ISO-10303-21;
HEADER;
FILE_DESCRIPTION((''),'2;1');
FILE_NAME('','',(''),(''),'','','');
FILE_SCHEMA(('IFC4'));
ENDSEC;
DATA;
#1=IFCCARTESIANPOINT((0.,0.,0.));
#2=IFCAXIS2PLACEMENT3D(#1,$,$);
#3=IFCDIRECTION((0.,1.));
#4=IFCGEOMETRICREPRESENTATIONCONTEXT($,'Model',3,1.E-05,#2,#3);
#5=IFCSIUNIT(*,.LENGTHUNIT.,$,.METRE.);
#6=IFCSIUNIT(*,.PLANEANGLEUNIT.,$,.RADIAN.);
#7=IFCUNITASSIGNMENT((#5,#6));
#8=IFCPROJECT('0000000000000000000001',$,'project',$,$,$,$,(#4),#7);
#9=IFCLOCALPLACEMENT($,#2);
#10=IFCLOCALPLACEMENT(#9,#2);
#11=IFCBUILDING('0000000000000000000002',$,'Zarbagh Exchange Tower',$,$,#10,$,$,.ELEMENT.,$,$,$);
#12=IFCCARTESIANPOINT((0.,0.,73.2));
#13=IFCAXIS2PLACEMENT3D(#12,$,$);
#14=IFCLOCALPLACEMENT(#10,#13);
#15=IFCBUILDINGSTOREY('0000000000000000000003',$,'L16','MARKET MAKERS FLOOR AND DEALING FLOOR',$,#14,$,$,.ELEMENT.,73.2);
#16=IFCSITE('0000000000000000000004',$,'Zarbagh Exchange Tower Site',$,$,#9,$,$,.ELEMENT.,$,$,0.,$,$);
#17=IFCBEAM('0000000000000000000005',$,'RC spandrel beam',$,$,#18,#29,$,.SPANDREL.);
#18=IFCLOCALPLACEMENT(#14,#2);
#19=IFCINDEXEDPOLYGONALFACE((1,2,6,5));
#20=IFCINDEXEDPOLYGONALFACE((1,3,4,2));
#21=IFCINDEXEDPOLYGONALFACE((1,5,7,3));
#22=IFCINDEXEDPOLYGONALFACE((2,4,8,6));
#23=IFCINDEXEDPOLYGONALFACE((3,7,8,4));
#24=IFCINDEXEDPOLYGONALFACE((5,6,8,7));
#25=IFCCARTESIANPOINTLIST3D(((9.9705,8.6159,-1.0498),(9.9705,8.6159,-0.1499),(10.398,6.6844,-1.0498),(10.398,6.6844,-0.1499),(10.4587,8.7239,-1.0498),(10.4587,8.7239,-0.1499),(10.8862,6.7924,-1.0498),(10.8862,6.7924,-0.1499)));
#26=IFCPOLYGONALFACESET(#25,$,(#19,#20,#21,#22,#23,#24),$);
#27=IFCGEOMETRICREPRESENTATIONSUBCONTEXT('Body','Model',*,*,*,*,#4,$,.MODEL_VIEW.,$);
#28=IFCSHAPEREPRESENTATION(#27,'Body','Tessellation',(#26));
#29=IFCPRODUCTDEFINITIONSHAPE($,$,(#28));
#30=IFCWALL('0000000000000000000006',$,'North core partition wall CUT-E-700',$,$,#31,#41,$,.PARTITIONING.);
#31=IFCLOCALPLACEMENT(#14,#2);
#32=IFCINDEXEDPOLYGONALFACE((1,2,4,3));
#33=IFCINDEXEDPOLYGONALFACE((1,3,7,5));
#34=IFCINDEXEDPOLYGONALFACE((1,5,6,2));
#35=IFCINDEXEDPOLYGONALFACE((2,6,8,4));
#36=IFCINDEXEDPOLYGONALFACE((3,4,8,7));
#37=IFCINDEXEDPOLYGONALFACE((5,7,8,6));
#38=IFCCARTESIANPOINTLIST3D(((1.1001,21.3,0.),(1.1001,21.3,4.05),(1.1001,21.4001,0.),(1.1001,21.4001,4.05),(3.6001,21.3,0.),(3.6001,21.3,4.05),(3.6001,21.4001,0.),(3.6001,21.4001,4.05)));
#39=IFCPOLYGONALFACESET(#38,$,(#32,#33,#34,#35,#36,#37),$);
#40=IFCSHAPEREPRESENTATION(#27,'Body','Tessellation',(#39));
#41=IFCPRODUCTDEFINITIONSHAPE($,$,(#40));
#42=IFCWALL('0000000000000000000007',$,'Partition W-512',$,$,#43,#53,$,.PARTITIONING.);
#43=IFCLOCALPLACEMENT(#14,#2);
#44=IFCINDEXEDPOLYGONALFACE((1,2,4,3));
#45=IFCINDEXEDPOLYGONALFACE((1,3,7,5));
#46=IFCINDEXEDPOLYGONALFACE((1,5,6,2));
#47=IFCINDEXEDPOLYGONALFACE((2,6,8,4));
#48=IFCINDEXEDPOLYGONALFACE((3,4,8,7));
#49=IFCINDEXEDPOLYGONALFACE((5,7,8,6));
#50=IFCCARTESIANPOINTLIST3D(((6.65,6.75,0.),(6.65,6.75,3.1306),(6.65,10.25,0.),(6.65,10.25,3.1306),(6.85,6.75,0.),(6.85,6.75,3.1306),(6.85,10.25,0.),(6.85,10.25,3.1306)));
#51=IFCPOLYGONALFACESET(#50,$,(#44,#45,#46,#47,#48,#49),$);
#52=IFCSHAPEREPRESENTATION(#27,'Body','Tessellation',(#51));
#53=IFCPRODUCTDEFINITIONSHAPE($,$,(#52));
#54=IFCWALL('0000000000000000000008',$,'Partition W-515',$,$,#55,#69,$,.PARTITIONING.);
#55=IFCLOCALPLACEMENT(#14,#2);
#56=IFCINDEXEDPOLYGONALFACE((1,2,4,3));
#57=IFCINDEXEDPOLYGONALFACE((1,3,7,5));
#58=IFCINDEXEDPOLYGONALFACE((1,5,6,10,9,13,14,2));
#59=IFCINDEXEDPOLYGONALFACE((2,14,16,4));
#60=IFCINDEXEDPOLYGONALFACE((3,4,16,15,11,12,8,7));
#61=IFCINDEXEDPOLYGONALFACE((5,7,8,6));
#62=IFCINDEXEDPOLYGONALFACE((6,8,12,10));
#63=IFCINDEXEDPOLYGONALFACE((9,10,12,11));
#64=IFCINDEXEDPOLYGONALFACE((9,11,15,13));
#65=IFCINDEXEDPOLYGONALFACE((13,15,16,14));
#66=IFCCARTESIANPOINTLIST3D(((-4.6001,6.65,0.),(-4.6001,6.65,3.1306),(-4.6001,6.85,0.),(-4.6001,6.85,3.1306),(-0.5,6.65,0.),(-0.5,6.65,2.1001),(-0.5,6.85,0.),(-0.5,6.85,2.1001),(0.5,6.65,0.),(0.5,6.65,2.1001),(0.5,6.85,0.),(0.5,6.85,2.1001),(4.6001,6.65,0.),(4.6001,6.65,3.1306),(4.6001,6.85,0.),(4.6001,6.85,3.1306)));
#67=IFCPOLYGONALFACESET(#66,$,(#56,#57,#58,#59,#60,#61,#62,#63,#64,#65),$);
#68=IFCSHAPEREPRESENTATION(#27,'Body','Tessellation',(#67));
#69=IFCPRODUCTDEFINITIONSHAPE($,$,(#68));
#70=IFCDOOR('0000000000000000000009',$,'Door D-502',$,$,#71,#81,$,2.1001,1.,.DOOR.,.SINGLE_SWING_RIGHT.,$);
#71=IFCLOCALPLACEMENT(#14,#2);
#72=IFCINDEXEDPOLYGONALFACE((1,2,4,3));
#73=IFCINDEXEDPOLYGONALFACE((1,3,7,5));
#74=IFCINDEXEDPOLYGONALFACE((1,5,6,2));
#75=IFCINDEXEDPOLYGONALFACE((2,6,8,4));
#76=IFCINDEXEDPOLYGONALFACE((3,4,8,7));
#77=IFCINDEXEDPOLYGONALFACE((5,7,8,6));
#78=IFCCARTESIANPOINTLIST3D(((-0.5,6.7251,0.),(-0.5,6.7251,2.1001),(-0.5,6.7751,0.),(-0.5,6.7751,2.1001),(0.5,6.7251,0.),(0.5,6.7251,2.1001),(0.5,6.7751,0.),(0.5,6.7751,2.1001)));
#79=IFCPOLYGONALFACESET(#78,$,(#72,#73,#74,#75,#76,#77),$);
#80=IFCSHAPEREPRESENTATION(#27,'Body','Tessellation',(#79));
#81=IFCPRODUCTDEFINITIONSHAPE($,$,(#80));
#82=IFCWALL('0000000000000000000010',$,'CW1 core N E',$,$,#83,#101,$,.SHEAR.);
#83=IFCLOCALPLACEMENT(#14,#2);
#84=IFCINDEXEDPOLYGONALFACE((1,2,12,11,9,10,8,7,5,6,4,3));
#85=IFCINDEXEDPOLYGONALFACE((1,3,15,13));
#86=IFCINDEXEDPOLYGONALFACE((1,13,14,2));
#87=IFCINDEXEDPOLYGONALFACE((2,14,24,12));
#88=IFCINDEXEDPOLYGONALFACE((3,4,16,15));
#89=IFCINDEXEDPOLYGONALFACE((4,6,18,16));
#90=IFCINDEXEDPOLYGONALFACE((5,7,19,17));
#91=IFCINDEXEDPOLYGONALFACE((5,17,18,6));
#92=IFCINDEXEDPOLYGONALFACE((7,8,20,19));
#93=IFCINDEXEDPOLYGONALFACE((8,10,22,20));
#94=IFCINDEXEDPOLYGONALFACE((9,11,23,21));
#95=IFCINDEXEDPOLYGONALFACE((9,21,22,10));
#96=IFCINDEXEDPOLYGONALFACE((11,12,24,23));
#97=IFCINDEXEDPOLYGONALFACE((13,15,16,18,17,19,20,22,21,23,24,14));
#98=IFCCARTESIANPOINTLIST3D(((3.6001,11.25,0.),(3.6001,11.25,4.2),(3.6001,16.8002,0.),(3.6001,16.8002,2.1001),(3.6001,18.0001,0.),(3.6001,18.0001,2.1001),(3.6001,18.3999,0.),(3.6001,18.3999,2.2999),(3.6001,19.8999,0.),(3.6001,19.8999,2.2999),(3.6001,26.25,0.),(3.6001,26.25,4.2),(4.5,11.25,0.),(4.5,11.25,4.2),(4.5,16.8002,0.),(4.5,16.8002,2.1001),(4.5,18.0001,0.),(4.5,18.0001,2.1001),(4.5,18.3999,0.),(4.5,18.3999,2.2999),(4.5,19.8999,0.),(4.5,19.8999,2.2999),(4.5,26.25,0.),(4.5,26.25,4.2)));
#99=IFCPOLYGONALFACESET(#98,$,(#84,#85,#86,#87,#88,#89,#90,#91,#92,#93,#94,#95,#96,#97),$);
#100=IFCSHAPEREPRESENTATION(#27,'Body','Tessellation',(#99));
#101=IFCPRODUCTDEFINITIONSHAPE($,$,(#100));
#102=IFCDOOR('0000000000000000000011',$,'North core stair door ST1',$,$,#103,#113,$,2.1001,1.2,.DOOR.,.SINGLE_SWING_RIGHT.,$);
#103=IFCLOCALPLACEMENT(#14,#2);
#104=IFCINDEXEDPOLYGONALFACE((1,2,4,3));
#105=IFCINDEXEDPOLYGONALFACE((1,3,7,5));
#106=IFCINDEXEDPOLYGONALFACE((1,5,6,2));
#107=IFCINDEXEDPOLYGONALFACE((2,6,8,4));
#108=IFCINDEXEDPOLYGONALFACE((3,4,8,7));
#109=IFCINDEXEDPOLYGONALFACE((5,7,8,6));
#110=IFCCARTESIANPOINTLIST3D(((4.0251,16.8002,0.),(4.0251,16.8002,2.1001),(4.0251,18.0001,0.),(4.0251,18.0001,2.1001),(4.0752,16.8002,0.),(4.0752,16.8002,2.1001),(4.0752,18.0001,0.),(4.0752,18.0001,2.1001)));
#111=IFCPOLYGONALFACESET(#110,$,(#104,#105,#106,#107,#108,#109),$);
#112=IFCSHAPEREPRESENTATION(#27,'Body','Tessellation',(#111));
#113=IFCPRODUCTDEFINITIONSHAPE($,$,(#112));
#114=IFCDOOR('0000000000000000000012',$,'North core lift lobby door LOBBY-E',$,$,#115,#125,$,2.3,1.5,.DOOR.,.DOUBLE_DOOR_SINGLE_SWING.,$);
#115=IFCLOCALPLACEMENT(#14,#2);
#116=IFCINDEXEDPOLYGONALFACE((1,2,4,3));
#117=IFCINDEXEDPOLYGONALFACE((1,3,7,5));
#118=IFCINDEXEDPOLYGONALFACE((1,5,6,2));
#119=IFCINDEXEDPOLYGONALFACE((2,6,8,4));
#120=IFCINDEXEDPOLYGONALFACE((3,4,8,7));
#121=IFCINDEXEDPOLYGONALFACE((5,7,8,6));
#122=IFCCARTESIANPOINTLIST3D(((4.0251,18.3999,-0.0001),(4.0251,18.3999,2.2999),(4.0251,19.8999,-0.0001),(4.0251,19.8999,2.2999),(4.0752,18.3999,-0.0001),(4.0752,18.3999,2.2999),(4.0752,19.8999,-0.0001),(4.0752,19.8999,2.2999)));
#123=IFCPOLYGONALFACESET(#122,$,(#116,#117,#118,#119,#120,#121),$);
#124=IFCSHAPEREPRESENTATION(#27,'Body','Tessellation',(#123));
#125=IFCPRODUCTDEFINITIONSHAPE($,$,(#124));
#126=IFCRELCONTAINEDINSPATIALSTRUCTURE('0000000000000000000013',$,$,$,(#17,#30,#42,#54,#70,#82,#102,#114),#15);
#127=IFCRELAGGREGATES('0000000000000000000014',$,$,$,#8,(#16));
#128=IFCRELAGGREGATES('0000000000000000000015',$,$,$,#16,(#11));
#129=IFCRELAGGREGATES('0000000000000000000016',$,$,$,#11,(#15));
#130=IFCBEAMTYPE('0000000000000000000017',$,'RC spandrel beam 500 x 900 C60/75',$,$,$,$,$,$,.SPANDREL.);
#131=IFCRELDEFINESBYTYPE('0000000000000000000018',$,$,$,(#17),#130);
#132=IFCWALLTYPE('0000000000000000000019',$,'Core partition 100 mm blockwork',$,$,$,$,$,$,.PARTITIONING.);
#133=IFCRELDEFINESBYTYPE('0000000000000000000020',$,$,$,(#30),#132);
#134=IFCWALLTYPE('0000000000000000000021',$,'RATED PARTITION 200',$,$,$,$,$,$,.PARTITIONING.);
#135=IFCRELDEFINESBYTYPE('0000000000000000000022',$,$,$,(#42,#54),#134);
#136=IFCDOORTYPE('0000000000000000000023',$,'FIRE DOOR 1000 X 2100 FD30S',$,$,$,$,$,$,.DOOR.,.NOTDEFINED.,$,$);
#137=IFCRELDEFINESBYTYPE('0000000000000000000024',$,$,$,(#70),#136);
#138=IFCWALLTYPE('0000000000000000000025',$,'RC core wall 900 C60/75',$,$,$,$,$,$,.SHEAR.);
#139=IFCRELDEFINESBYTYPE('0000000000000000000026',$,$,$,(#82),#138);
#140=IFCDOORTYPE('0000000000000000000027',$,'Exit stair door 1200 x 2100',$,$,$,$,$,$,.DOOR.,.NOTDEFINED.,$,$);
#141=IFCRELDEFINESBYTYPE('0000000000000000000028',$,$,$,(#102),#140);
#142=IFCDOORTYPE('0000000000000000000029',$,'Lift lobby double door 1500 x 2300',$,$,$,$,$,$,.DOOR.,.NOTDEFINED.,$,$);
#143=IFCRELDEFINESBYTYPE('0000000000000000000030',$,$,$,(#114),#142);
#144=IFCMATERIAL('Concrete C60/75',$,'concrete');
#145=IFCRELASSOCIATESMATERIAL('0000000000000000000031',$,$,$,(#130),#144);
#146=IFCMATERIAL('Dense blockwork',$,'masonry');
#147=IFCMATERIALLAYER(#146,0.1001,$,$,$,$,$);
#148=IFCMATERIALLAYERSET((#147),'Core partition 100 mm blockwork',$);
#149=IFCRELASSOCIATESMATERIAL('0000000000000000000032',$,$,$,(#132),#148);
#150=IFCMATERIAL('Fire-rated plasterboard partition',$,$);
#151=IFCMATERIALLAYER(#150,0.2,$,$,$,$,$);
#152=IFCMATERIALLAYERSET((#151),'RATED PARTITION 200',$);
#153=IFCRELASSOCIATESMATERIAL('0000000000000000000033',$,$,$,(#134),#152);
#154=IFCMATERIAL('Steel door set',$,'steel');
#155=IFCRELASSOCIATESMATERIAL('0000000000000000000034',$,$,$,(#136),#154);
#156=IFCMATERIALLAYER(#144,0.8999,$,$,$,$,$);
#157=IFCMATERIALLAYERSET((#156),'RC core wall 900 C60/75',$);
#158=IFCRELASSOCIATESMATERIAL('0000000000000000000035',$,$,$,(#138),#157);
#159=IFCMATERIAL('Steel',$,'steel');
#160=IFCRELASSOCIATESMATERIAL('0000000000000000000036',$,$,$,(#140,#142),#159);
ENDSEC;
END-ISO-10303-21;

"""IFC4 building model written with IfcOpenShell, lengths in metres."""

from ifc_helpers import new_model, si_unit, direction, frame, frame_2d, origin, origin_2d, place, context, subcontext, project, spatial, rectangle, extrude, material, layer, layer_set, material_profile, profile_set, type_object, element, fill, save


model = new_model("IFC4")

# Units and contexts
model_context = context("Model", 3, precision=1e-05, world=origin(), true_north=direction((0.0, 1.0)))
body_context = subcontext(model_context, "Body", "Model", "MODEL_VIEW")
ifc_project = project(units=[si_unit("LENGTHUNIT", "METRE"), si_unit("PLANEANGLEUNIT", "RADIAN")], contexts=[model_context])

# Site, building, storey
site_placement = place(None, origin())
site = spatial("IfcSite", under=ifc_project, at=site_placement, Name="Zarbagh Exchange Tower Site", CompositionType="ELEMENT", RefElevation=0.0)
building_placement = place(site_placement, origin())
building = spatial("IfcBuilding", under=site, at=building_placement, Name="Zarbagh Exchange Tower", CompositionType="ELEMENT")
storey_placement = place(building_placement, frame((0.0, 0.0, 73.2)))
storey = spatial("IfcBuildingStorey", under=building, at=storey_placement, Name="L16", Description="MARKET MAKERS FLOOR AND DEALING FLOOR", CompositionType="ELEMENT", Elevation=73.2)

# Shared definitions
ifc_material_1 = material(Name="Concrete C60/75", Category="concrete")

# Beam
ifc_material_profile_1 = material_profile(ifc_material_1, rectangle(XDim=0.5, YDim=0.8999, at=origin_2d()), Name="RC spandrel beam 500 x 900 C60/75")
ifc_profile_set_1 = profile_set([ifc_material_profile_1], Name="Concrete C60/75")
beam_type = type_object("IfcBeamType", Name="RC spandrel beam 500 x 900 C60/75", PredefinedType="SPANDREL", material=ifc_profile_set_1)
beam_1_placement = place(storey_placement, frame((10.2146, 8.6699, -0.5999), z_axis=(0.216081, -0.976375, 0.0), x_axis=(0.976375, 0.216081, 0.0)))
element("IfcBeam", 1, at=beam_1_placement, inside=storey, type_object=beam_type, Name="RC spandrel beam", PredefinedType="SPANDREL", context=body_context, shape_type="SweptSolid", body=[
    extrude(rectangle(XDim=0.5, YDim=0.8999, at=origin_2d()), origin(), (0.0, 0.0, 1.0), 1.9783),
])

# Walls
ifc_material_2 = material(Name="Dense blockwork", Category="masonry")
ifc_layer_1 = layer(ifc_material_2, 0.1001)
ifc_layer_set_1 = layer_set([ifc_layer_1], Name="Core partition 100 mm blockwork")
wall_type_1 = type_object("IfcWallType", Name="Core partition 100 mm blockwork", PredefinedType="PARTITIONING", material=ifc_layer_set_1)
wall_1_placement = place(storey_placement, frame((1.1001, 21.3501, 0.0), z_axis=(0.0, 0.0, 1.0), x_axis=(1.0, 0.0, 0.0)))
element("IfcWall", 2, at=wall_1_placement, inside=storey, type_object=wall_type_1, Name="North core partition wall CUT-E-700", PredefinedType="PARTITIONING", context=body_context, shape_type="SweptSolid", body=[
    extrude(rectangle(XDim=2.5, YDim=0.1001, at=frame_2d((1.25, 0.0))), origin(), (0.0, 0.0, 1.0), 4.05),
])
ifc_material_3 = material(Name="Fire-rated plasterboard partition")
ifc_layer_2 = layer(ifc_material_3, 0.2)
ifc_layer_set_2 = layer_set([ifc_layer_2], Name="RATED PARTITION 200")
wall_type_2 = type_object("IfcWallType", Name="RATED PARTITION 200", PredefinedType="PARTITIONING", material=ifc_layer_set_2)
wall_2_placement = place(storey_placement, frame((6.75, 6.75, 0.0), z_axis=(0.0, 0.0, 1.0), x_axis=(0.0, 1.0, 0.0)))
element("IfcWall", 3, at=wall_2_placement, inside=storey, type_object=wall_type_2, Name="Partition W-512", PredefinedType="PARTITIONING", context=body_context, shape_type="SweptSolid", body=[
    extrude(rectangle(XDim=3.5, YDim=0.2, at=frame_2d((1.75, 0.0))), origin(), (0.0, 0.0, 1.0), 3.1306),
])

# Wall, opening, door
wall_3_placement = place(storey_placement, frame((4.6001, 6.75, 0.0), z_axis=(0.0, 0.0, 1.0), x_axis=(-1.0, 0.0, 0.0)))
wall_3 = element("IfcWall", 4, at=wall_3_placement, inside=storey, type_object=wall_type_2, Name="Partition W-515", PredefinedType="PARTITIONING", context=body_context, shape_type="SweptSolid", body=[
    extrude(rectangle(XDim=9.2002, YDim=0.2, at=frame_2d((4.6001, 0.0))), origin(), (0.0, 0.0, 1.0), 3.1306),
])
opening_1_placement = place(wall_3_placement, frame((4.1001, 0.0, 0.0)))
opening_1 = element("IfcOpeningElement", 5, at=opening_1_placement, cuts=wall_3, PredefinedType="OPENING", context=body_context, shape_type="SweptSolid", body=[
    extrude(rectangle(XDim=1.0, YDim=2.1001, at=frame_2d((0.5, 1.05))), frame((0.0, 0.1099, 0.0), z_axis=(0.0, -1.0, 0.0), x_axis=(1.0, 0.0, 0.0)), (0.0, 0.0, 1.0), 0.22),
])
ifc_material_4 = material(Name="Steel door set", Category="steel")
door_type_1 = type_object("IfcDoorType", Name="FIRE DOOR 1000 X 2100 FD30S", OperationType="NOTDEFINED", PredefinedType="DOOR", material=ifc_material_4)
door_1_placement = place(opening_1_placement, origin())
door_1 = element("IfcDoor", 6, at=door_1_placement, inside=storey, type_object=door_type_1, Name="Door D-502", OperationType="SINGLE_SWING_RIGHT", OverallHeight=2.1001, OverallWidth=1.0, PredefinedType="DOOR", context=body_context, shape_type="SweptSolid", body=[
    extrude(rectangle(XDim=1.0, YDim=2.1001, at=frame_2d((0.5, 1.05))), frame((0.0, 0.0249, 0.0), z_axis=(0.0, -1.0, 0.0), x_axis=(1.0, 0.0, 0.0)), (0.0, 0.0, 1.0), 0.05),
])
fill(opening_1, door_1)

# Wall, openings, doors
ifc_layer_3 = layer(ifc_material_1, 0.8999)
ifc_layer_set_3 = layer_set([ifc_layer_3], Name="RC core wall 900 C60/75")
wall_type_3 = type_object("IfcWallType", Name="RC core wall 900 C60/75", PredefinedType="SHEAR", material=ifc_layer_set_3)
wall_4_placement = place(storey_placement, frame((4.05, 11.25, 0.0), z_axis=(0.0, 0.0, 1.0), x_axis=(0.0, 1.0, 0.0)))
wall_4 = element("IfcWall", 7, at=wall_4_placement, inside=storey, type_object=wall_type_3, Name="CW1 core N E", PredefinedType="SHEAR", context=body_context, shape_type="SweptSolid", body=[
    extrude(rectangle(XDim=15.0, YDim=0.8999, at=frame_2d((7.5, 0.0))), origin(), (0.0, 0.0, 1.0), 4.2),
])
opening_2_placement = place(wall_4_placement, frame((7.1499, 0.0, 0.0)))
opening_2 = element("IfcOpeningElement", 8, at=opening_2_placement, cuts=wall_4, PredefinedType="OPENING", context=body_context, shape_type="SweptSolid", body=[
    extrude(rectangle(XDim=1.5, YDim=2.3, at=frame_2d((0.75, 1.1499))), frame((0.0, 0.46, 0.0), z_axis=(0.0, -1.0, 0.0), x_axis=(1.0, 0.0, 0.0)), (0.0, 0.0, 1.0), 0.9199),
])
opening_3_placement = place(wall_4_placement, frame((5.55, 0.0, 0.0)))
opening_3 = element("IfcOpeningElement", 9, at=opening_3_placement, cuts=wall_4, PredefinedType="OPENING", context=body_context, shape_type="SweptSolid", body=[
    extrude(rectangle(XDim=1.2, YDim=2.1001, at=frame_2d((0.6001, 1.05))), frame((0.0, 0.46, 0.0), z_axis=(0.0, -1.0, 0.0), x_axis=(1.0, 0.0, 0.0)), (0.0, 0.0, 1.0), 0.9199),
])
ifc_material_5 = material(Name="Steel", Category="steel")
door_type_2 = type_object("IfcDoorType", Name="Exit stair door 1200 x 2100", OperationType="NOTDEFINED", PredefinedType="DOOR", material=ifc_material_5)
door_2_placement = place(opening_3_placement, origin())
door_2 = element("IfcDoor", 10, at=door_2_placement, inside=storey, type_object=door_type_2, Name="North core stair door ST1", OperationType="SINGLE_SWING_RIGHT", OverallHeight=2.1001, OverallWidth=1.2, PredefinedType="DOOR", context=body_context, shape_type="SweptSolid", body=[
    extrude(rectangle(XDim=1.2, YDim=2.1001, at=frame_2d((0.6001, 1.05))), frame((0.0, 0.0249, 0.0), z_axis=(0.0, -1.0, 0.0), x_axis=(1.0, 0.0, 0.0)), (0.0, 0.0, 1.0), 0.05),
])
fill(opening_3, door_2)
door_type_3 = type_object("IfcDoorType", Name="Lift lobby double door 1500 x 2300", OperationType="NOTDEFINED", PredefinedType="DOOR", material=ifc_material_5)
door_3_placement = place(opening_2_placement, origin())
door_3 = element("IfcDoor", 11, at=door_3_placement, inside=storey, type_object=door_type_3, Name="North core lift lobby door LOBBY-E", OperationType="DOUBLE_DOOR_SINGLE_SWING", OverallHeight=2.3, OverallWidth=1.5, PredefinedType="DOOR", context=body_context, shape_type="SweptSolid", body=[
    extrude(rectangle(XDim=1.5, YDim=2.3, at=frame_2d((0.75, 1.1499))), frame((0.0, 0.0249, 0.0), z_axis=(0.0, -1.0, 0.0), x_axis=(1.0, 0.0, 0.0)), (0.0, 0.0, 1.0), 0.05),
])
fill(opening_2, door_3)

save(model, "model.ifc")
